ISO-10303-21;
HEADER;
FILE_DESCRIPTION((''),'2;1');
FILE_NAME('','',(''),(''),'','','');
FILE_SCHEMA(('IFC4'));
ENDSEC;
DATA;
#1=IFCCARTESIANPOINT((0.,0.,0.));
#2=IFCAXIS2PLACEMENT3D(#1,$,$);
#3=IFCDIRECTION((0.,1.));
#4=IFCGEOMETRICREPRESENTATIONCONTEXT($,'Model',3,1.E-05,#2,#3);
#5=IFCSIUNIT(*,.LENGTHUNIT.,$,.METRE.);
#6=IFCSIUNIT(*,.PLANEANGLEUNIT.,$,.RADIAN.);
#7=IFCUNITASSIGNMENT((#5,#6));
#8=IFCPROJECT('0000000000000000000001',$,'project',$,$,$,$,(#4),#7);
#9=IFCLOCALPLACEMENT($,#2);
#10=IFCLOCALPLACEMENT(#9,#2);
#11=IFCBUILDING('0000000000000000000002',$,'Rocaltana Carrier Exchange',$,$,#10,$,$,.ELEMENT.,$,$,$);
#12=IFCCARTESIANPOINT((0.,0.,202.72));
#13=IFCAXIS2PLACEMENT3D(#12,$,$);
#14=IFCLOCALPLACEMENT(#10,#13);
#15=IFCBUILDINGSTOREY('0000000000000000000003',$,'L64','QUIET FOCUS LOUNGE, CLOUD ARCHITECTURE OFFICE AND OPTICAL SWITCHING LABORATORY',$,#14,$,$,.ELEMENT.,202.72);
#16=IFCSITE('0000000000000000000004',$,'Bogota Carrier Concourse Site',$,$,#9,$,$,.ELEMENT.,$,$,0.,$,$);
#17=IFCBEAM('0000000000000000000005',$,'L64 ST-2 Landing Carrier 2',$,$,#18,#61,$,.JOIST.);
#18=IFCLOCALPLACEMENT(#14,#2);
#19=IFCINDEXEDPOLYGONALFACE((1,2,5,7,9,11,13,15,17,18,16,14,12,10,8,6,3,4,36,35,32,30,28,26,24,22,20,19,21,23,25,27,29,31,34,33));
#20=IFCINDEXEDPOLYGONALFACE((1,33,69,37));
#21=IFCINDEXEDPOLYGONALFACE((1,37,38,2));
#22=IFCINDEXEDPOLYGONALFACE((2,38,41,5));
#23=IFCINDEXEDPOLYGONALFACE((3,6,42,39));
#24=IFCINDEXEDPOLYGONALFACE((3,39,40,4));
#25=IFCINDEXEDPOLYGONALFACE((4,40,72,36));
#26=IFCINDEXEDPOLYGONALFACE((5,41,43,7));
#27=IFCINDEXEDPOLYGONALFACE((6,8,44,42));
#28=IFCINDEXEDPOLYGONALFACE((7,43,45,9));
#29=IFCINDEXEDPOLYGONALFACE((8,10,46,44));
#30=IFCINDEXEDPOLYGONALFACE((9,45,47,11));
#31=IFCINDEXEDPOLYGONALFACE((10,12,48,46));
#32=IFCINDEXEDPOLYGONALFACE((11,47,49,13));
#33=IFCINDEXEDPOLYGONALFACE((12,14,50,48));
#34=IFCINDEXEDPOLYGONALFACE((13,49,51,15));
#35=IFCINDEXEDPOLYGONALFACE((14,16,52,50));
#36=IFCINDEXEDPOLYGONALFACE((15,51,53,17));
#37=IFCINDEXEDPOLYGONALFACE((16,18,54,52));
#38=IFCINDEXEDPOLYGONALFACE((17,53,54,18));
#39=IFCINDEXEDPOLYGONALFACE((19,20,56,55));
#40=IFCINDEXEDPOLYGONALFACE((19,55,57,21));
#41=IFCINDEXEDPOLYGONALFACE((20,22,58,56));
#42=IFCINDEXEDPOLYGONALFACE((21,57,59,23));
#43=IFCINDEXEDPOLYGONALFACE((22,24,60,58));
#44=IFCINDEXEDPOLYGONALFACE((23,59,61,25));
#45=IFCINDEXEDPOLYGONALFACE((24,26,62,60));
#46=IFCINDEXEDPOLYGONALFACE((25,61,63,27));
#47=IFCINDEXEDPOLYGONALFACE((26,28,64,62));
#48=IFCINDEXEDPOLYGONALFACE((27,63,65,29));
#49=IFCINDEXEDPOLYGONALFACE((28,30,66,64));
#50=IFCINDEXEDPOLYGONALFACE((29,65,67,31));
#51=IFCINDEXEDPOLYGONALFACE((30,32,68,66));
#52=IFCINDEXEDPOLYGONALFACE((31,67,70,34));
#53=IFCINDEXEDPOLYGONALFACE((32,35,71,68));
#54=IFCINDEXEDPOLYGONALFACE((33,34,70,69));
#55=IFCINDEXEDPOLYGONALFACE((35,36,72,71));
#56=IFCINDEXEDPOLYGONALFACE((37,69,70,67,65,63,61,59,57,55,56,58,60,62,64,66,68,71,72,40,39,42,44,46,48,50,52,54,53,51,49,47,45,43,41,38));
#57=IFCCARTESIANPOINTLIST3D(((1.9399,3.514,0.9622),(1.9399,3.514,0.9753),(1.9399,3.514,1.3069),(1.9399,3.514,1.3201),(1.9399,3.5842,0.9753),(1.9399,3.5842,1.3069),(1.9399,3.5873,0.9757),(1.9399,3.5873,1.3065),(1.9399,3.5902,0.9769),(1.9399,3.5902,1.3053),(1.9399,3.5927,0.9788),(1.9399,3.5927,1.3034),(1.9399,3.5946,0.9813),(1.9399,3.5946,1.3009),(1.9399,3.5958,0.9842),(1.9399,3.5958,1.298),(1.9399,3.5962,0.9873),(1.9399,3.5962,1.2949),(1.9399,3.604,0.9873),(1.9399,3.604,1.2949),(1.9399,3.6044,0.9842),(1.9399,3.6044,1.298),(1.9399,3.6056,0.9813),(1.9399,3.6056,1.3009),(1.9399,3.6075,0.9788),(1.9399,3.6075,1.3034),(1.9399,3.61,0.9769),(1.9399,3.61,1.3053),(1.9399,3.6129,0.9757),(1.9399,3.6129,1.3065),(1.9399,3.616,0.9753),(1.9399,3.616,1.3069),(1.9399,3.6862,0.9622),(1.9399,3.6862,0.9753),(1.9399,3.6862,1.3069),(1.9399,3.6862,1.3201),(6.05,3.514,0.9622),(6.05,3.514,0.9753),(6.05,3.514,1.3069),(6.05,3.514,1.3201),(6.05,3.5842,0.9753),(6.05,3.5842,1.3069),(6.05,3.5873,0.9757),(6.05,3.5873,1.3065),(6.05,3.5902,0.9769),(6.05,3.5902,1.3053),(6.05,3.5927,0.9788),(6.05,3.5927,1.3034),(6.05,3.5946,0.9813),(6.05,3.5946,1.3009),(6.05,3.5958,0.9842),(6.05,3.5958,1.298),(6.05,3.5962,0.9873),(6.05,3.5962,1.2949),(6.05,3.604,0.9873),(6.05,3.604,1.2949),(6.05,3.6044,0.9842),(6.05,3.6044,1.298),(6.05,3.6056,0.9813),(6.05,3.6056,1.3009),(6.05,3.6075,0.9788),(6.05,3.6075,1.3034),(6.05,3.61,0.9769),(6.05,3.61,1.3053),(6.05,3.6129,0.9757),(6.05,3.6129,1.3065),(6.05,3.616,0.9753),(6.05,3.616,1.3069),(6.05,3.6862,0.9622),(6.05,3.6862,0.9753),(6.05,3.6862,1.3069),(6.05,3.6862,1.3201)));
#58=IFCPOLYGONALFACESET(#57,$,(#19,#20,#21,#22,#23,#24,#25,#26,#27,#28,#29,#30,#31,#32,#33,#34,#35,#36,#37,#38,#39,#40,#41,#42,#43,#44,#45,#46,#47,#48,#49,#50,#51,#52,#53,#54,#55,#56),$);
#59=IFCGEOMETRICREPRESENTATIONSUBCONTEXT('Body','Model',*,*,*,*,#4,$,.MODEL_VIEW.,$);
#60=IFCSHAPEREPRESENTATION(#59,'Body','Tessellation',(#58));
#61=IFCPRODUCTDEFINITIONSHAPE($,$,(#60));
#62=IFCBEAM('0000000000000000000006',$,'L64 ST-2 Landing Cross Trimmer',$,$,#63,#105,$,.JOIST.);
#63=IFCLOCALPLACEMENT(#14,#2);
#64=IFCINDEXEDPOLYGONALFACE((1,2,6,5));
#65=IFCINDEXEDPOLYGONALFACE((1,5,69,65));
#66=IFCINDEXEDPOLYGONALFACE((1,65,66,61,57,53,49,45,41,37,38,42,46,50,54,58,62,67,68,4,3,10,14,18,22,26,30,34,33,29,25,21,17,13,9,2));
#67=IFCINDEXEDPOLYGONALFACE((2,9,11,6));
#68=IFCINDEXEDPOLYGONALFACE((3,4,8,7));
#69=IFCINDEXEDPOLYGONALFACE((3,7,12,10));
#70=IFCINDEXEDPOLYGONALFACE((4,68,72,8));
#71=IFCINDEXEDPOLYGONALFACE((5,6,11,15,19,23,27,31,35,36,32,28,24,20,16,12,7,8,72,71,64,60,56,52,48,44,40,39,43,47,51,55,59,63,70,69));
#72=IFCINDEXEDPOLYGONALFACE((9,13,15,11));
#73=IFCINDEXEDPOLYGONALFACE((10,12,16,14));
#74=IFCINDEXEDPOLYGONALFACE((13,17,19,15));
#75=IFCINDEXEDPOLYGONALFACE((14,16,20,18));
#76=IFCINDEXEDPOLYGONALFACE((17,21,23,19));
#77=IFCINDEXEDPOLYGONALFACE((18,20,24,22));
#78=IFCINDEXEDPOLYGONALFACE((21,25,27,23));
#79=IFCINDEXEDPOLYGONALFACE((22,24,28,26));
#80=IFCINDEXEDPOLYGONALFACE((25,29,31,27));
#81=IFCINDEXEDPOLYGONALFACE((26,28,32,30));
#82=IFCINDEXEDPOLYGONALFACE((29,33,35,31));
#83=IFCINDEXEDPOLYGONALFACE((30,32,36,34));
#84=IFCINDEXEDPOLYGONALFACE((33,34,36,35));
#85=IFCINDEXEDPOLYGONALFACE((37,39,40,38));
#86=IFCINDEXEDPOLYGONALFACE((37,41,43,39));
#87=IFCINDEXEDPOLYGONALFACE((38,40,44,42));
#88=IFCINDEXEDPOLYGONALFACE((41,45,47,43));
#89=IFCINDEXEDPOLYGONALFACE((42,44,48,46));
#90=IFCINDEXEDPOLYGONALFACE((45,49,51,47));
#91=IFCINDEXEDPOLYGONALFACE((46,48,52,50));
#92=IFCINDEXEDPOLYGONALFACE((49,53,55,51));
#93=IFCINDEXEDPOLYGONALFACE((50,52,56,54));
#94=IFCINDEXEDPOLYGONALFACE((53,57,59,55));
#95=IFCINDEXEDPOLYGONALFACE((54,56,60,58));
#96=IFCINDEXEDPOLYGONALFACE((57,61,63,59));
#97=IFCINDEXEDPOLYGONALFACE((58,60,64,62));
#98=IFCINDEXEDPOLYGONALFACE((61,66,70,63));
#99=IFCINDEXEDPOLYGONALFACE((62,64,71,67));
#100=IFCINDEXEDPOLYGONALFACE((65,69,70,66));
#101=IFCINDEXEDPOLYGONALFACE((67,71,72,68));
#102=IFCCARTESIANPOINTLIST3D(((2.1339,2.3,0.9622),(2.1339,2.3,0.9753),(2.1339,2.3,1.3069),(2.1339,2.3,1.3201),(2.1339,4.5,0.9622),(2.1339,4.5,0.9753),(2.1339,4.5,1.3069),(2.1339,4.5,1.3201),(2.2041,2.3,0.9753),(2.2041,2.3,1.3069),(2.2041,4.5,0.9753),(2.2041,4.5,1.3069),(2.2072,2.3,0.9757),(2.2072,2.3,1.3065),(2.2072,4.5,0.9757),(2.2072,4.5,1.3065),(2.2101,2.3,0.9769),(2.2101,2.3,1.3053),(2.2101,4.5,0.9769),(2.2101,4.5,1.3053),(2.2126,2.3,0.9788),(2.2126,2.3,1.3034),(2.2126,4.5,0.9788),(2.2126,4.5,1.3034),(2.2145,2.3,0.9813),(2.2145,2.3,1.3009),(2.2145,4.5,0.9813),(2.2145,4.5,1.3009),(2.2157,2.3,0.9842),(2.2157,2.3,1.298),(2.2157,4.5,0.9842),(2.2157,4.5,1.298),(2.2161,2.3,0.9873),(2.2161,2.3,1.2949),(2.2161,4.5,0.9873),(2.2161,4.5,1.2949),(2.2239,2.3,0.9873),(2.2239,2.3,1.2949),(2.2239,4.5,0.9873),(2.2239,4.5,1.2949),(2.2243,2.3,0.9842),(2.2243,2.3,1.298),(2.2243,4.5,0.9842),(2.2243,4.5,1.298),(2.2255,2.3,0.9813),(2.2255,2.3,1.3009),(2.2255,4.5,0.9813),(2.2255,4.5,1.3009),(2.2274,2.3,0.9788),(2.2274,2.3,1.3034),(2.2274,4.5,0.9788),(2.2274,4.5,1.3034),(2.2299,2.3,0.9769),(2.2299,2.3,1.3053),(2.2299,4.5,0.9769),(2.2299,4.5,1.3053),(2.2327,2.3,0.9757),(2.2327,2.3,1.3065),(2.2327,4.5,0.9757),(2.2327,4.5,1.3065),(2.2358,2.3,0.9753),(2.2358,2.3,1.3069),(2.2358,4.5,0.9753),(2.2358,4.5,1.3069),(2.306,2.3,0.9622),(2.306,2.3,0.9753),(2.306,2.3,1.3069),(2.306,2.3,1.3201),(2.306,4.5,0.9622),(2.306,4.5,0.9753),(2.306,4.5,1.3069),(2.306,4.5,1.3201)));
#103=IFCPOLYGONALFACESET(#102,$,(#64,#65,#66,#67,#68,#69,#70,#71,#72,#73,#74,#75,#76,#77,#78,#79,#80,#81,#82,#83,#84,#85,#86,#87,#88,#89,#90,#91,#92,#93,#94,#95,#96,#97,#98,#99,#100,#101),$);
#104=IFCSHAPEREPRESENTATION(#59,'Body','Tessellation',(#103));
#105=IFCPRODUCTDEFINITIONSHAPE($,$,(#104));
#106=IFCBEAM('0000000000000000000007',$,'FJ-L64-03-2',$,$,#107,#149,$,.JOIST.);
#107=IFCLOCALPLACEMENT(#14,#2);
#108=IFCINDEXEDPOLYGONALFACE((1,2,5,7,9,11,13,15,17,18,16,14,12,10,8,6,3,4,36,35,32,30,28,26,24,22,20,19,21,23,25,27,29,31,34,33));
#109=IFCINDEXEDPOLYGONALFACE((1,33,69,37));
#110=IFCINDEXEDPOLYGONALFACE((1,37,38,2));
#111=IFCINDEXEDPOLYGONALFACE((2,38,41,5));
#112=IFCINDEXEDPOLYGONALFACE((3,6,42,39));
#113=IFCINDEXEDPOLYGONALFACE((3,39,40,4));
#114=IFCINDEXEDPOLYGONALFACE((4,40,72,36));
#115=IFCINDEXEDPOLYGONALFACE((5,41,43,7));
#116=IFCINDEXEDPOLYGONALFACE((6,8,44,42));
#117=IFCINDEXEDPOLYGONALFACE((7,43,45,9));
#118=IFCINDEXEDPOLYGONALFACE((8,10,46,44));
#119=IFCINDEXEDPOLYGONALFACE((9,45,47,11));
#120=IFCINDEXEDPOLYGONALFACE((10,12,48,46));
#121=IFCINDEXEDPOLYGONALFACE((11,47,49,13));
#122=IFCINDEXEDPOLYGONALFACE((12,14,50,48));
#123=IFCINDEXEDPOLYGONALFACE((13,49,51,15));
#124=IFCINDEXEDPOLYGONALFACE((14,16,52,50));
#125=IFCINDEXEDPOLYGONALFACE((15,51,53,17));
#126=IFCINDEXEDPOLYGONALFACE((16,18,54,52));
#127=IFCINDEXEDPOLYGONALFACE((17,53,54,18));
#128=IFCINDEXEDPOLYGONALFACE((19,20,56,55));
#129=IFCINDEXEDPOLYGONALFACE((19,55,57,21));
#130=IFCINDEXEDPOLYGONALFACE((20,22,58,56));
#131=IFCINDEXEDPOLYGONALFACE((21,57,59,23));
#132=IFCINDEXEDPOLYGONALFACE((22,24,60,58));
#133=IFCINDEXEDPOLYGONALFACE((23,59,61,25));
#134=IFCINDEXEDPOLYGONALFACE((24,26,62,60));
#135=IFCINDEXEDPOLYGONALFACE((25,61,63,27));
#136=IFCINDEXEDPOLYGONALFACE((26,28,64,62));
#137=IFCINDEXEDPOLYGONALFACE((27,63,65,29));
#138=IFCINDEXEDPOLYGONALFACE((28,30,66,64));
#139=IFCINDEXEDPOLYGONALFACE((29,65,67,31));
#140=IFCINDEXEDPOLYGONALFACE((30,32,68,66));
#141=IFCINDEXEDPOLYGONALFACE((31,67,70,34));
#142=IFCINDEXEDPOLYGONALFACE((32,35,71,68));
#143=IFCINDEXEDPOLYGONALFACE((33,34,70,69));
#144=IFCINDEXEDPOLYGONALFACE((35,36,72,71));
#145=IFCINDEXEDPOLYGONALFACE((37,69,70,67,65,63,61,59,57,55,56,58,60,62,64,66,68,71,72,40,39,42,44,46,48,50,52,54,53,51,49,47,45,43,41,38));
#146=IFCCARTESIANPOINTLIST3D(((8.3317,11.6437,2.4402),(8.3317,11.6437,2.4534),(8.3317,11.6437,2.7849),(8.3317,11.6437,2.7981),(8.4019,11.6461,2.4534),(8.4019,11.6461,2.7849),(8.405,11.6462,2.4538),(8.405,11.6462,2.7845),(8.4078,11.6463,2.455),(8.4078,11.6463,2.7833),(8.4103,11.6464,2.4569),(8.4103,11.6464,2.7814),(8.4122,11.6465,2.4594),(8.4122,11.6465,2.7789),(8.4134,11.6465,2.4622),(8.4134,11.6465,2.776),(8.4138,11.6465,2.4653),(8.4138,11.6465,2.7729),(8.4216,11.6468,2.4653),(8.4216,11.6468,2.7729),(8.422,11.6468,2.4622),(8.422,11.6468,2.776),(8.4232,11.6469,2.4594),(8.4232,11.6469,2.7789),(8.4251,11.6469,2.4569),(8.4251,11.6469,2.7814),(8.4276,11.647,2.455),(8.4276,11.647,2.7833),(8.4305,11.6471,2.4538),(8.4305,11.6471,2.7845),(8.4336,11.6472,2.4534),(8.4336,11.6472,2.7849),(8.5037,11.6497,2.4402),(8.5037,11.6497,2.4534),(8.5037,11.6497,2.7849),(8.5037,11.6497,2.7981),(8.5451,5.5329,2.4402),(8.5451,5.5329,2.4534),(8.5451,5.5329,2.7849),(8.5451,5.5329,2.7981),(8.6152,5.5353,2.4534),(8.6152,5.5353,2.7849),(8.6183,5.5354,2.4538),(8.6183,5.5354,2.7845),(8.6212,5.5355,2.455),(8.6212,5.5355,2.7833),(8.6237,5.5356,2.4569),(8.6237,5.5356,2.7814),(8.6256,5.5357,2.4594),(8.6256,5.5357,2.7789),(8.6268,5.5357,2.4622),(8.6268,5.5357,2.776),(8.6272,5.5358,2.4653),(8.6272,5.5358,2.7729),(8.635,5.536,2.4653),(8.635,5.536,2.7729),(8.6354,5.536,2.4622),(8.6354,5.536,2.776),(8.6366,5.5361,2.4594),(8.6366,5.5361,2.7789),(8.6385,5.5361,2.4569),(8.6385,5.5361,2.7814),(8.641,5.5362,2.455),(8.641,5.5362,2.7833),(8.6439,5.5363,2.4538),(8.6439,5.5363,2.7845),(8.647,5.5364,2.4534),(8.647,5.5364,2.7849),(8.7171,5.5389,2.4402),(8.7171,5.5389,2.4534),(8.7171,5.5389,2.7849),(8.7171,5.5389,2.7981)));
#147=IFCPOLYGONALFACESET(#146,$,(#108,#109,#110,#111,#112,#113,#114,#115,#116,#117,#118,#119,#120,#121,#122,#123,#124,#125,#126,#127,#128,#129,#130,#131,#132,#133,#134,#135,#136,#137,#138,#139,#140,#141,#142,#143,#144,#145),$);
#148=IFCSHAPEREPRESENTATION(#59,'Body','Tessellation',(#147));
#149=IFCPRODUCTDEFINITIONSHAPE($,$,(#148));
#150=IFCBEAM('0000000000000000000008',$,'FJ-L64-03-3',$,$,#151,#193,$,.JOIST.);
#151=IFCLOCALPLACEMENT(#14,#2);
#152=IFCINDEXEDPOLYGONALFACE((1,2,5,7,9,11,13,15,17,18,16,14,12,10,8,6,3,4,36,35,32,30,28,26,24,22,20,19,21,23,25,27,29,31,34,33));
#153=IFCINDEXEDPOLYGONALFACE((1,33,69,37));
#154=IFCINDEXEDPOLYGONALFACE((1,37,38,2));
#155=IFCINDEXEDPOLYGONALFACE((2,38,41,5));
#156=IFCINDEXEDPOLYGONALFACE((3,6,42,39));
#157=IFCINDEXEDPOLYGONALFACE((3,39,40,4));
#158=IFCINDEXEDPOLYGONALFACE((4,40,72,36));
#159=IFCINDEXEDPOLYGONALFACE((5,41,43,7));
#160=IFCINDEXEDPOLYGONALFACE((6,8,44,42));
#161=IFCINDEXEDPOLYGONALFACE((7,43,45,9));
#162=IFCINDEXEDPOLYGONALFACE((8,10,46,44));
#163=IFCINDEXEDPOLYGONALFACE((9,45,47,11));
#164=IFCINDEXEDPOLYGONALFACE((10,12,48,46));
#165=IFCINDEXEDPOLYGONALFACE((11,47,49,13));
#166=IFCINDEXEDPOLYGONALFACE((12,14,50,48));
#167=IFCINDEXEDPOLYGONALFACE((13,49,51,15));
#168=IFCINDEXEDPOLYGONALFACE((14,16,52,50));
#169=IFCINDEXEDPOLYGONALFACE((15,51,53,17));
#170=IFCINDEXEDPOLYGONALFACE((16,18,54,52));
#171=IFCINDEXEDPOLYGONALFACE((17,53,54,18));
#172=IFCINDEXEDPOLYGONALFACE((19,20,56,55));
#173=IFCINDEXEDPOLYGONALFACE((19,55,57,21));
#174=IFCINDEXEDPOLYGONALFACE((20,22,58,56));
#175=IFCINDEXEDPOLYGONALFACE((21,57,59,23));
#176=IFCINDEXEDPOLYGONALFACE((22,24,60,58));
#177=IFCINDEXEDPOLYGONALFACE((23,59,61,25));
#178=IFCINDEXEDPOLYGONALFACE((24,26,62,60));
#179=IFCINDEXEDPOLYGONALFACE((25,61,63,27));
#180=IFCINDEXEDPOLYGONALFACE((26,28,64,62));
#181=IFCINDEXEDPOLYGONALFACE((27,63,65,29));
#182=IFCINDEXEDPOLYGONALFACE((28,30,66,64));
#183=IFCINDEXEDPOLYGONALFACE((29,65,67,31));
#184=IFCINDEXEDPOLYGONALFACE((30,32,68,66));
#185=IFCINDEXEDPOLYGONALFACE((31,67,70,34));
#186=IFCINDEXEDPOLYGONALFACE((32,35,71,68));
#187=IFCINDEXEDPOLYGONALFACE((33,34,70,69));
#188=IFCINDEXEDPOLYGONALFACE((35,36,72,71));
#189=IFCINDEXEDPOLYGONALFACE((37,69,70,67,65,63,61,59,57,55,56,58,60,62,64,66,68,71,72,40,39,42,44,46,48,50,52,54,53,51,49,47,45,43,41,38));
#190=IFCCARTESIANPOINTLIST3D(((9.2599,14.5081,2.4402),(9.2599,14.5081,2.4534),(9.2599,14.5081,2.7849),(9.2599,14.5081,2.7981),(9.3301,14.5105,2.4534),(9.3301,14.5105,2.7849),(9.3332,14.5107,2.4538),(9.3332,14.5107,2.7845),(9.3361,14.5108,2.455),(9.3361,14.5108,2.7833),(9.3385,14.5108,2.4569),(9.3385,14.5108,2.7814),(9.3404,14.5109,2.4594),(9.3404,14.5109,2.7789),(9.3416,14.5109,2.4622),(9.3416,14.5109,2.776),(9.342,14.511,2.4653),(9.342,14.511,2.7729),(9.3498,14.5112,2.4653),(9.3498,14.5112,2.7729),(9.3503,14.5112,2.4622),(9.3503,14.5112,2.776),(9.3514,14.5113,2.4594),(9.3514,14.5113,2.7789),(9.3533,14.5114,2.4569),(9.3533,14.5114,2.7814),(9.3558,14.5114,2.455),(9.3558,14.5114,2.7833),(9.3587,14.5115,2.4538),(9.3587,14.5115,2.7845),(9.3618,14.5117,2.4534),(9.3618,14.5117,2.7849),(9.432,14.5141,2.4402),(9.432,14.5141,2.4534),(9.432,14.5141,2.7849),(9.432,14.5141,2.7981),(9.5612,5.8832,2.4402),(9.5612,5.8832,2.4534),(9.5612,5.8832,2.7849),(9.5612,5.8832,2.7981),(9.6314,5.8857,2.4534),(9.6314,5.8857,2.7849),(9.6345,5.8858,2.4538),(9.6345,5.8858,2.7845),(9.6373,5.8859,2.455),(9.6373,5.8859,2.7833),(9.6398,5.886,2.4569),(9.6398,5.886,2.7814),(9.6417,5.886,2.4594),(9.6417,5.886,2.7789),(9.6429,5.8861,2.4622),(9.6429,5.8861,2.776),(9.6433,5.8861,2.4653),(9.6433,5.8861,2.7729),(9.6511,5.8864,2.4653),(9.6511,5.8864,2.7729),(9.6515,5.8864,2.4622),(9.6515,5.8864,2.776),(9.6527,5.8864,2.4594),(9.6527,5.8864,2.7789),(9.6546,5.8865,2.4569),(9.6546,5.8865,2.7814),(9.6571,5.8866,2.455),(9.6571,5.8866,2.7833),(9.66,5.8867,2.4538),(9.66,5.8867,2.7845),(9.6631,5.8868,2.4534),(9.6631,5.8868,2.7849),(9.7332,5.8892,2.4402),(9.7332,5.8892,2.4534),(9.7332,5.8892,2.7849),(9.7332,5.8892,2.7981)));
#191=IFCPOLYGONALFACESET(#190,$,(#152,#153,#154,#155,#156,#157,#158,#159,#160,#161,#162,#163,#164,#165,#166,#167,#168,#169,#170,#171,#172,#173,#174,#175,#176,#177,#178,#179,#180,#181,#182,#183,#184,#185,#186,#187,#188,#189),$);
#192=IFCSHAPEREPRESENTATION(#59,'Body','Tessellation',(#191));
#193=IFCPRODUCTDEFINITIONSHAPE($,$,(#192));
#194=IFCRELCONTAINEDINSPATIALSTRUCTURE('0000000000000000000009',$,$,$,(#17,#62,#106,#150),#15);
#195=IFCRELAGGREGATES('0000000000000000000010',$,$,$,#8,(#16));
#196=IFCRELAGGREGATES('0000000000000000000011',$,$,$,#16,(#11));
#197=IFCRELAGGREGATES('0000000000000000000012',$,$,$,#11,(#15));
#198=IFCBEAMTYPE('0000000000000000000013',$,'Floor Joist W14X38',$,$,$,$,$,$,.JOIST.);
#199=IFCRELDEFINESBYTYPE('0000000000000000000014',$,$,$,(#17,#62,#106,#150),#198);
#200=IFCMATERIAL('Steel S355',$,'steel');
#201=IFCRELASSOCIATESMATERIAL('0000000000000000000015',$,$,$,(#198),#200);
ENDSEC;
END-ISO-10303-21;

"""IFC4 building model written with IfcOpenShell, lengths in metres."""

from ifc_helpers import new_model, si_unit, direction, frame, origin, origin_2d, place, context, subcontext, project, spatial, i_section, extrude, material, material_profile, profile_set, type_object, element, save


model = new_model("IFC4")

# Units and contexts
model_context = context("Model", 3, precision=1e-05, world=origin(), true_north=direction((0.0, 1.0)))
body_context = subcontext(model_context, "Body", "Model", "MODEL_VIEW")
ifc_project = project(units=[si_unit("LENGTHUNIT", "METRE"), si_unit("PLANEANGLEUNIT", "RADIAN")], contexts=[model_context])

# Site, building, storey
site_placement = place(None, origin())
site = spatial("IfcSite", under=ifc_project, at=site_placement, Name="Bogota Carrier Concourse Site", CompositionType="ELEMENT", RefElevation=0.0)
building_placement = place(site_placement, origin())
building = spatial("IfcBuilding", under=site, at=building_placement, Name="Rocaltana Carrier Exchange", CompositionType="ELEMENT")
storey_placement = place(building_placement, frame((0.0, 0.0, 202.72)))
storey = spatial("IfcBuildingStorey", under=building, at=storey_placement, Name="L64", Description="QUIET FOCUS LOUNGE, CLOUD ARCHITECTURE OFFICE AND OPTICAL SWITCHING LABORATORY", CompositionType="ELEMENT", Elevation=202.72)

# Beams
ifc_material_1 = material(Name="Steel S355", Category="steel")
ifc_material_profile_1 = material_profile(ifc_material_1, i_section(OverallWidth=0.1721, OverallDepth=0.3579, WebThickness=0.0078, FlangeThickness=0.0132, FilletRadius=0.012, at=origin_2d()), Name="W14X38")
ifc_profile_set_1 = profile_set([ifc_material_profile_1], Name="Steel S355")
beam_type_1 = type_object("IfcBeamType", Name="Floor Joist W14X38", PredefinedType="JOIST", material=ifc_profile_set_1)
for number, where, z_axis, x_axis, name in (
    (1, (1.9399, 3.6001, 1.1411), (1.0, 0.0, 0.0), (0.0, 1.0, 0.0), "L64 ST-2 Landing Carrier 2"),
):
    element("IfcBeam", number, at=place(storey_placement, frame(where, z_axis=z_axis, x_axis=x_axis)), inside=storey, type_object=beam_type_1, Name=name, PredefinedType="JOIST", context=body_context, shape_type="SweptSolid", body=[
        extrude(i_section(OverallWidth=0.1721, OverallDepth=0.3579, WebThickness=0.0078, FlangeThickness=0.0132, FilletRadius=0.012, at=origin_2d()), origin(), (0.0, 0.0, 1.0), 4.1101),
    ])
beam_1_placement = place(storey_placement, frame((2.22, 2.3, 1.1411), z_axis=(0.0, 1.0, 0.0), x_axis=(-1.0, 0.0, 0.0)))
element("IfcBeam", 2, at=beam_1_placement, inside=storey, type_object=beam_type_1, Name="L64 ST-2 Landing Cross Trimmer", PredefinedType="JOIST", context=body_context, shape_type="SweptSolid", body=[
    extrude(i_section(OverallWidth=0.1721, OverallDepth=0.3579, WebThickness=0.0078, FlangeThickness=0.0132, FilletRadius=0.012, at=origin_2d()), origin(), (0.0, 0.0, 1.0), 2.2),
])
beam_2_placement = place(storey_placement, frame((8.6311, 5.5359, 2.6191), z_axis=(-0.034897, 0.999391, 0.0), x_axis=(-0.999391, -0.034897, 0.0)))
element("IfcBeam", 3, at=beam_2_placement, inside=storey, type_object=beam_type_1, Name="FJ-L64-03-2", PredefinedType="JOIST", context=body_context, shape_type="SweptSolid", body=[
    extrude(i_section(OverallWidth=0.1721, OverallDepth=0.3579, WebThickness=0.0078, FlangeThickness=0.0132, FilletRadius=0.012, at=origin_2d()), origin(), (0.0, 0.0, 1.0), 6.1145),
])
beam_3_placement = place(storey_placement, frame((9.6472, 5.8862, 2.6191), z_axis=(-0.034909, 0.99939, 0.0), x_axis=(-0.99939, -0.034909, 0.0)))
element("IfcBeam", 4, at=beam_3_placement, inside=storey, type_object=beam_type_1, Name="FJ-L64-03-3", PredefinedType="JOIST", context=body_context, shape_type="SweptSolid", body=[
    extrude(i_section(OverallWidth=0.1721, OverallDepth=0.3579, WebThickness=0.0078, FlangeThickness=0.0132, FilletRadius=0.012, at=origin_2d()), origin(), (0.0, 0.0, 1.0), 8.6301),
])

save(model, "model.ifc")
